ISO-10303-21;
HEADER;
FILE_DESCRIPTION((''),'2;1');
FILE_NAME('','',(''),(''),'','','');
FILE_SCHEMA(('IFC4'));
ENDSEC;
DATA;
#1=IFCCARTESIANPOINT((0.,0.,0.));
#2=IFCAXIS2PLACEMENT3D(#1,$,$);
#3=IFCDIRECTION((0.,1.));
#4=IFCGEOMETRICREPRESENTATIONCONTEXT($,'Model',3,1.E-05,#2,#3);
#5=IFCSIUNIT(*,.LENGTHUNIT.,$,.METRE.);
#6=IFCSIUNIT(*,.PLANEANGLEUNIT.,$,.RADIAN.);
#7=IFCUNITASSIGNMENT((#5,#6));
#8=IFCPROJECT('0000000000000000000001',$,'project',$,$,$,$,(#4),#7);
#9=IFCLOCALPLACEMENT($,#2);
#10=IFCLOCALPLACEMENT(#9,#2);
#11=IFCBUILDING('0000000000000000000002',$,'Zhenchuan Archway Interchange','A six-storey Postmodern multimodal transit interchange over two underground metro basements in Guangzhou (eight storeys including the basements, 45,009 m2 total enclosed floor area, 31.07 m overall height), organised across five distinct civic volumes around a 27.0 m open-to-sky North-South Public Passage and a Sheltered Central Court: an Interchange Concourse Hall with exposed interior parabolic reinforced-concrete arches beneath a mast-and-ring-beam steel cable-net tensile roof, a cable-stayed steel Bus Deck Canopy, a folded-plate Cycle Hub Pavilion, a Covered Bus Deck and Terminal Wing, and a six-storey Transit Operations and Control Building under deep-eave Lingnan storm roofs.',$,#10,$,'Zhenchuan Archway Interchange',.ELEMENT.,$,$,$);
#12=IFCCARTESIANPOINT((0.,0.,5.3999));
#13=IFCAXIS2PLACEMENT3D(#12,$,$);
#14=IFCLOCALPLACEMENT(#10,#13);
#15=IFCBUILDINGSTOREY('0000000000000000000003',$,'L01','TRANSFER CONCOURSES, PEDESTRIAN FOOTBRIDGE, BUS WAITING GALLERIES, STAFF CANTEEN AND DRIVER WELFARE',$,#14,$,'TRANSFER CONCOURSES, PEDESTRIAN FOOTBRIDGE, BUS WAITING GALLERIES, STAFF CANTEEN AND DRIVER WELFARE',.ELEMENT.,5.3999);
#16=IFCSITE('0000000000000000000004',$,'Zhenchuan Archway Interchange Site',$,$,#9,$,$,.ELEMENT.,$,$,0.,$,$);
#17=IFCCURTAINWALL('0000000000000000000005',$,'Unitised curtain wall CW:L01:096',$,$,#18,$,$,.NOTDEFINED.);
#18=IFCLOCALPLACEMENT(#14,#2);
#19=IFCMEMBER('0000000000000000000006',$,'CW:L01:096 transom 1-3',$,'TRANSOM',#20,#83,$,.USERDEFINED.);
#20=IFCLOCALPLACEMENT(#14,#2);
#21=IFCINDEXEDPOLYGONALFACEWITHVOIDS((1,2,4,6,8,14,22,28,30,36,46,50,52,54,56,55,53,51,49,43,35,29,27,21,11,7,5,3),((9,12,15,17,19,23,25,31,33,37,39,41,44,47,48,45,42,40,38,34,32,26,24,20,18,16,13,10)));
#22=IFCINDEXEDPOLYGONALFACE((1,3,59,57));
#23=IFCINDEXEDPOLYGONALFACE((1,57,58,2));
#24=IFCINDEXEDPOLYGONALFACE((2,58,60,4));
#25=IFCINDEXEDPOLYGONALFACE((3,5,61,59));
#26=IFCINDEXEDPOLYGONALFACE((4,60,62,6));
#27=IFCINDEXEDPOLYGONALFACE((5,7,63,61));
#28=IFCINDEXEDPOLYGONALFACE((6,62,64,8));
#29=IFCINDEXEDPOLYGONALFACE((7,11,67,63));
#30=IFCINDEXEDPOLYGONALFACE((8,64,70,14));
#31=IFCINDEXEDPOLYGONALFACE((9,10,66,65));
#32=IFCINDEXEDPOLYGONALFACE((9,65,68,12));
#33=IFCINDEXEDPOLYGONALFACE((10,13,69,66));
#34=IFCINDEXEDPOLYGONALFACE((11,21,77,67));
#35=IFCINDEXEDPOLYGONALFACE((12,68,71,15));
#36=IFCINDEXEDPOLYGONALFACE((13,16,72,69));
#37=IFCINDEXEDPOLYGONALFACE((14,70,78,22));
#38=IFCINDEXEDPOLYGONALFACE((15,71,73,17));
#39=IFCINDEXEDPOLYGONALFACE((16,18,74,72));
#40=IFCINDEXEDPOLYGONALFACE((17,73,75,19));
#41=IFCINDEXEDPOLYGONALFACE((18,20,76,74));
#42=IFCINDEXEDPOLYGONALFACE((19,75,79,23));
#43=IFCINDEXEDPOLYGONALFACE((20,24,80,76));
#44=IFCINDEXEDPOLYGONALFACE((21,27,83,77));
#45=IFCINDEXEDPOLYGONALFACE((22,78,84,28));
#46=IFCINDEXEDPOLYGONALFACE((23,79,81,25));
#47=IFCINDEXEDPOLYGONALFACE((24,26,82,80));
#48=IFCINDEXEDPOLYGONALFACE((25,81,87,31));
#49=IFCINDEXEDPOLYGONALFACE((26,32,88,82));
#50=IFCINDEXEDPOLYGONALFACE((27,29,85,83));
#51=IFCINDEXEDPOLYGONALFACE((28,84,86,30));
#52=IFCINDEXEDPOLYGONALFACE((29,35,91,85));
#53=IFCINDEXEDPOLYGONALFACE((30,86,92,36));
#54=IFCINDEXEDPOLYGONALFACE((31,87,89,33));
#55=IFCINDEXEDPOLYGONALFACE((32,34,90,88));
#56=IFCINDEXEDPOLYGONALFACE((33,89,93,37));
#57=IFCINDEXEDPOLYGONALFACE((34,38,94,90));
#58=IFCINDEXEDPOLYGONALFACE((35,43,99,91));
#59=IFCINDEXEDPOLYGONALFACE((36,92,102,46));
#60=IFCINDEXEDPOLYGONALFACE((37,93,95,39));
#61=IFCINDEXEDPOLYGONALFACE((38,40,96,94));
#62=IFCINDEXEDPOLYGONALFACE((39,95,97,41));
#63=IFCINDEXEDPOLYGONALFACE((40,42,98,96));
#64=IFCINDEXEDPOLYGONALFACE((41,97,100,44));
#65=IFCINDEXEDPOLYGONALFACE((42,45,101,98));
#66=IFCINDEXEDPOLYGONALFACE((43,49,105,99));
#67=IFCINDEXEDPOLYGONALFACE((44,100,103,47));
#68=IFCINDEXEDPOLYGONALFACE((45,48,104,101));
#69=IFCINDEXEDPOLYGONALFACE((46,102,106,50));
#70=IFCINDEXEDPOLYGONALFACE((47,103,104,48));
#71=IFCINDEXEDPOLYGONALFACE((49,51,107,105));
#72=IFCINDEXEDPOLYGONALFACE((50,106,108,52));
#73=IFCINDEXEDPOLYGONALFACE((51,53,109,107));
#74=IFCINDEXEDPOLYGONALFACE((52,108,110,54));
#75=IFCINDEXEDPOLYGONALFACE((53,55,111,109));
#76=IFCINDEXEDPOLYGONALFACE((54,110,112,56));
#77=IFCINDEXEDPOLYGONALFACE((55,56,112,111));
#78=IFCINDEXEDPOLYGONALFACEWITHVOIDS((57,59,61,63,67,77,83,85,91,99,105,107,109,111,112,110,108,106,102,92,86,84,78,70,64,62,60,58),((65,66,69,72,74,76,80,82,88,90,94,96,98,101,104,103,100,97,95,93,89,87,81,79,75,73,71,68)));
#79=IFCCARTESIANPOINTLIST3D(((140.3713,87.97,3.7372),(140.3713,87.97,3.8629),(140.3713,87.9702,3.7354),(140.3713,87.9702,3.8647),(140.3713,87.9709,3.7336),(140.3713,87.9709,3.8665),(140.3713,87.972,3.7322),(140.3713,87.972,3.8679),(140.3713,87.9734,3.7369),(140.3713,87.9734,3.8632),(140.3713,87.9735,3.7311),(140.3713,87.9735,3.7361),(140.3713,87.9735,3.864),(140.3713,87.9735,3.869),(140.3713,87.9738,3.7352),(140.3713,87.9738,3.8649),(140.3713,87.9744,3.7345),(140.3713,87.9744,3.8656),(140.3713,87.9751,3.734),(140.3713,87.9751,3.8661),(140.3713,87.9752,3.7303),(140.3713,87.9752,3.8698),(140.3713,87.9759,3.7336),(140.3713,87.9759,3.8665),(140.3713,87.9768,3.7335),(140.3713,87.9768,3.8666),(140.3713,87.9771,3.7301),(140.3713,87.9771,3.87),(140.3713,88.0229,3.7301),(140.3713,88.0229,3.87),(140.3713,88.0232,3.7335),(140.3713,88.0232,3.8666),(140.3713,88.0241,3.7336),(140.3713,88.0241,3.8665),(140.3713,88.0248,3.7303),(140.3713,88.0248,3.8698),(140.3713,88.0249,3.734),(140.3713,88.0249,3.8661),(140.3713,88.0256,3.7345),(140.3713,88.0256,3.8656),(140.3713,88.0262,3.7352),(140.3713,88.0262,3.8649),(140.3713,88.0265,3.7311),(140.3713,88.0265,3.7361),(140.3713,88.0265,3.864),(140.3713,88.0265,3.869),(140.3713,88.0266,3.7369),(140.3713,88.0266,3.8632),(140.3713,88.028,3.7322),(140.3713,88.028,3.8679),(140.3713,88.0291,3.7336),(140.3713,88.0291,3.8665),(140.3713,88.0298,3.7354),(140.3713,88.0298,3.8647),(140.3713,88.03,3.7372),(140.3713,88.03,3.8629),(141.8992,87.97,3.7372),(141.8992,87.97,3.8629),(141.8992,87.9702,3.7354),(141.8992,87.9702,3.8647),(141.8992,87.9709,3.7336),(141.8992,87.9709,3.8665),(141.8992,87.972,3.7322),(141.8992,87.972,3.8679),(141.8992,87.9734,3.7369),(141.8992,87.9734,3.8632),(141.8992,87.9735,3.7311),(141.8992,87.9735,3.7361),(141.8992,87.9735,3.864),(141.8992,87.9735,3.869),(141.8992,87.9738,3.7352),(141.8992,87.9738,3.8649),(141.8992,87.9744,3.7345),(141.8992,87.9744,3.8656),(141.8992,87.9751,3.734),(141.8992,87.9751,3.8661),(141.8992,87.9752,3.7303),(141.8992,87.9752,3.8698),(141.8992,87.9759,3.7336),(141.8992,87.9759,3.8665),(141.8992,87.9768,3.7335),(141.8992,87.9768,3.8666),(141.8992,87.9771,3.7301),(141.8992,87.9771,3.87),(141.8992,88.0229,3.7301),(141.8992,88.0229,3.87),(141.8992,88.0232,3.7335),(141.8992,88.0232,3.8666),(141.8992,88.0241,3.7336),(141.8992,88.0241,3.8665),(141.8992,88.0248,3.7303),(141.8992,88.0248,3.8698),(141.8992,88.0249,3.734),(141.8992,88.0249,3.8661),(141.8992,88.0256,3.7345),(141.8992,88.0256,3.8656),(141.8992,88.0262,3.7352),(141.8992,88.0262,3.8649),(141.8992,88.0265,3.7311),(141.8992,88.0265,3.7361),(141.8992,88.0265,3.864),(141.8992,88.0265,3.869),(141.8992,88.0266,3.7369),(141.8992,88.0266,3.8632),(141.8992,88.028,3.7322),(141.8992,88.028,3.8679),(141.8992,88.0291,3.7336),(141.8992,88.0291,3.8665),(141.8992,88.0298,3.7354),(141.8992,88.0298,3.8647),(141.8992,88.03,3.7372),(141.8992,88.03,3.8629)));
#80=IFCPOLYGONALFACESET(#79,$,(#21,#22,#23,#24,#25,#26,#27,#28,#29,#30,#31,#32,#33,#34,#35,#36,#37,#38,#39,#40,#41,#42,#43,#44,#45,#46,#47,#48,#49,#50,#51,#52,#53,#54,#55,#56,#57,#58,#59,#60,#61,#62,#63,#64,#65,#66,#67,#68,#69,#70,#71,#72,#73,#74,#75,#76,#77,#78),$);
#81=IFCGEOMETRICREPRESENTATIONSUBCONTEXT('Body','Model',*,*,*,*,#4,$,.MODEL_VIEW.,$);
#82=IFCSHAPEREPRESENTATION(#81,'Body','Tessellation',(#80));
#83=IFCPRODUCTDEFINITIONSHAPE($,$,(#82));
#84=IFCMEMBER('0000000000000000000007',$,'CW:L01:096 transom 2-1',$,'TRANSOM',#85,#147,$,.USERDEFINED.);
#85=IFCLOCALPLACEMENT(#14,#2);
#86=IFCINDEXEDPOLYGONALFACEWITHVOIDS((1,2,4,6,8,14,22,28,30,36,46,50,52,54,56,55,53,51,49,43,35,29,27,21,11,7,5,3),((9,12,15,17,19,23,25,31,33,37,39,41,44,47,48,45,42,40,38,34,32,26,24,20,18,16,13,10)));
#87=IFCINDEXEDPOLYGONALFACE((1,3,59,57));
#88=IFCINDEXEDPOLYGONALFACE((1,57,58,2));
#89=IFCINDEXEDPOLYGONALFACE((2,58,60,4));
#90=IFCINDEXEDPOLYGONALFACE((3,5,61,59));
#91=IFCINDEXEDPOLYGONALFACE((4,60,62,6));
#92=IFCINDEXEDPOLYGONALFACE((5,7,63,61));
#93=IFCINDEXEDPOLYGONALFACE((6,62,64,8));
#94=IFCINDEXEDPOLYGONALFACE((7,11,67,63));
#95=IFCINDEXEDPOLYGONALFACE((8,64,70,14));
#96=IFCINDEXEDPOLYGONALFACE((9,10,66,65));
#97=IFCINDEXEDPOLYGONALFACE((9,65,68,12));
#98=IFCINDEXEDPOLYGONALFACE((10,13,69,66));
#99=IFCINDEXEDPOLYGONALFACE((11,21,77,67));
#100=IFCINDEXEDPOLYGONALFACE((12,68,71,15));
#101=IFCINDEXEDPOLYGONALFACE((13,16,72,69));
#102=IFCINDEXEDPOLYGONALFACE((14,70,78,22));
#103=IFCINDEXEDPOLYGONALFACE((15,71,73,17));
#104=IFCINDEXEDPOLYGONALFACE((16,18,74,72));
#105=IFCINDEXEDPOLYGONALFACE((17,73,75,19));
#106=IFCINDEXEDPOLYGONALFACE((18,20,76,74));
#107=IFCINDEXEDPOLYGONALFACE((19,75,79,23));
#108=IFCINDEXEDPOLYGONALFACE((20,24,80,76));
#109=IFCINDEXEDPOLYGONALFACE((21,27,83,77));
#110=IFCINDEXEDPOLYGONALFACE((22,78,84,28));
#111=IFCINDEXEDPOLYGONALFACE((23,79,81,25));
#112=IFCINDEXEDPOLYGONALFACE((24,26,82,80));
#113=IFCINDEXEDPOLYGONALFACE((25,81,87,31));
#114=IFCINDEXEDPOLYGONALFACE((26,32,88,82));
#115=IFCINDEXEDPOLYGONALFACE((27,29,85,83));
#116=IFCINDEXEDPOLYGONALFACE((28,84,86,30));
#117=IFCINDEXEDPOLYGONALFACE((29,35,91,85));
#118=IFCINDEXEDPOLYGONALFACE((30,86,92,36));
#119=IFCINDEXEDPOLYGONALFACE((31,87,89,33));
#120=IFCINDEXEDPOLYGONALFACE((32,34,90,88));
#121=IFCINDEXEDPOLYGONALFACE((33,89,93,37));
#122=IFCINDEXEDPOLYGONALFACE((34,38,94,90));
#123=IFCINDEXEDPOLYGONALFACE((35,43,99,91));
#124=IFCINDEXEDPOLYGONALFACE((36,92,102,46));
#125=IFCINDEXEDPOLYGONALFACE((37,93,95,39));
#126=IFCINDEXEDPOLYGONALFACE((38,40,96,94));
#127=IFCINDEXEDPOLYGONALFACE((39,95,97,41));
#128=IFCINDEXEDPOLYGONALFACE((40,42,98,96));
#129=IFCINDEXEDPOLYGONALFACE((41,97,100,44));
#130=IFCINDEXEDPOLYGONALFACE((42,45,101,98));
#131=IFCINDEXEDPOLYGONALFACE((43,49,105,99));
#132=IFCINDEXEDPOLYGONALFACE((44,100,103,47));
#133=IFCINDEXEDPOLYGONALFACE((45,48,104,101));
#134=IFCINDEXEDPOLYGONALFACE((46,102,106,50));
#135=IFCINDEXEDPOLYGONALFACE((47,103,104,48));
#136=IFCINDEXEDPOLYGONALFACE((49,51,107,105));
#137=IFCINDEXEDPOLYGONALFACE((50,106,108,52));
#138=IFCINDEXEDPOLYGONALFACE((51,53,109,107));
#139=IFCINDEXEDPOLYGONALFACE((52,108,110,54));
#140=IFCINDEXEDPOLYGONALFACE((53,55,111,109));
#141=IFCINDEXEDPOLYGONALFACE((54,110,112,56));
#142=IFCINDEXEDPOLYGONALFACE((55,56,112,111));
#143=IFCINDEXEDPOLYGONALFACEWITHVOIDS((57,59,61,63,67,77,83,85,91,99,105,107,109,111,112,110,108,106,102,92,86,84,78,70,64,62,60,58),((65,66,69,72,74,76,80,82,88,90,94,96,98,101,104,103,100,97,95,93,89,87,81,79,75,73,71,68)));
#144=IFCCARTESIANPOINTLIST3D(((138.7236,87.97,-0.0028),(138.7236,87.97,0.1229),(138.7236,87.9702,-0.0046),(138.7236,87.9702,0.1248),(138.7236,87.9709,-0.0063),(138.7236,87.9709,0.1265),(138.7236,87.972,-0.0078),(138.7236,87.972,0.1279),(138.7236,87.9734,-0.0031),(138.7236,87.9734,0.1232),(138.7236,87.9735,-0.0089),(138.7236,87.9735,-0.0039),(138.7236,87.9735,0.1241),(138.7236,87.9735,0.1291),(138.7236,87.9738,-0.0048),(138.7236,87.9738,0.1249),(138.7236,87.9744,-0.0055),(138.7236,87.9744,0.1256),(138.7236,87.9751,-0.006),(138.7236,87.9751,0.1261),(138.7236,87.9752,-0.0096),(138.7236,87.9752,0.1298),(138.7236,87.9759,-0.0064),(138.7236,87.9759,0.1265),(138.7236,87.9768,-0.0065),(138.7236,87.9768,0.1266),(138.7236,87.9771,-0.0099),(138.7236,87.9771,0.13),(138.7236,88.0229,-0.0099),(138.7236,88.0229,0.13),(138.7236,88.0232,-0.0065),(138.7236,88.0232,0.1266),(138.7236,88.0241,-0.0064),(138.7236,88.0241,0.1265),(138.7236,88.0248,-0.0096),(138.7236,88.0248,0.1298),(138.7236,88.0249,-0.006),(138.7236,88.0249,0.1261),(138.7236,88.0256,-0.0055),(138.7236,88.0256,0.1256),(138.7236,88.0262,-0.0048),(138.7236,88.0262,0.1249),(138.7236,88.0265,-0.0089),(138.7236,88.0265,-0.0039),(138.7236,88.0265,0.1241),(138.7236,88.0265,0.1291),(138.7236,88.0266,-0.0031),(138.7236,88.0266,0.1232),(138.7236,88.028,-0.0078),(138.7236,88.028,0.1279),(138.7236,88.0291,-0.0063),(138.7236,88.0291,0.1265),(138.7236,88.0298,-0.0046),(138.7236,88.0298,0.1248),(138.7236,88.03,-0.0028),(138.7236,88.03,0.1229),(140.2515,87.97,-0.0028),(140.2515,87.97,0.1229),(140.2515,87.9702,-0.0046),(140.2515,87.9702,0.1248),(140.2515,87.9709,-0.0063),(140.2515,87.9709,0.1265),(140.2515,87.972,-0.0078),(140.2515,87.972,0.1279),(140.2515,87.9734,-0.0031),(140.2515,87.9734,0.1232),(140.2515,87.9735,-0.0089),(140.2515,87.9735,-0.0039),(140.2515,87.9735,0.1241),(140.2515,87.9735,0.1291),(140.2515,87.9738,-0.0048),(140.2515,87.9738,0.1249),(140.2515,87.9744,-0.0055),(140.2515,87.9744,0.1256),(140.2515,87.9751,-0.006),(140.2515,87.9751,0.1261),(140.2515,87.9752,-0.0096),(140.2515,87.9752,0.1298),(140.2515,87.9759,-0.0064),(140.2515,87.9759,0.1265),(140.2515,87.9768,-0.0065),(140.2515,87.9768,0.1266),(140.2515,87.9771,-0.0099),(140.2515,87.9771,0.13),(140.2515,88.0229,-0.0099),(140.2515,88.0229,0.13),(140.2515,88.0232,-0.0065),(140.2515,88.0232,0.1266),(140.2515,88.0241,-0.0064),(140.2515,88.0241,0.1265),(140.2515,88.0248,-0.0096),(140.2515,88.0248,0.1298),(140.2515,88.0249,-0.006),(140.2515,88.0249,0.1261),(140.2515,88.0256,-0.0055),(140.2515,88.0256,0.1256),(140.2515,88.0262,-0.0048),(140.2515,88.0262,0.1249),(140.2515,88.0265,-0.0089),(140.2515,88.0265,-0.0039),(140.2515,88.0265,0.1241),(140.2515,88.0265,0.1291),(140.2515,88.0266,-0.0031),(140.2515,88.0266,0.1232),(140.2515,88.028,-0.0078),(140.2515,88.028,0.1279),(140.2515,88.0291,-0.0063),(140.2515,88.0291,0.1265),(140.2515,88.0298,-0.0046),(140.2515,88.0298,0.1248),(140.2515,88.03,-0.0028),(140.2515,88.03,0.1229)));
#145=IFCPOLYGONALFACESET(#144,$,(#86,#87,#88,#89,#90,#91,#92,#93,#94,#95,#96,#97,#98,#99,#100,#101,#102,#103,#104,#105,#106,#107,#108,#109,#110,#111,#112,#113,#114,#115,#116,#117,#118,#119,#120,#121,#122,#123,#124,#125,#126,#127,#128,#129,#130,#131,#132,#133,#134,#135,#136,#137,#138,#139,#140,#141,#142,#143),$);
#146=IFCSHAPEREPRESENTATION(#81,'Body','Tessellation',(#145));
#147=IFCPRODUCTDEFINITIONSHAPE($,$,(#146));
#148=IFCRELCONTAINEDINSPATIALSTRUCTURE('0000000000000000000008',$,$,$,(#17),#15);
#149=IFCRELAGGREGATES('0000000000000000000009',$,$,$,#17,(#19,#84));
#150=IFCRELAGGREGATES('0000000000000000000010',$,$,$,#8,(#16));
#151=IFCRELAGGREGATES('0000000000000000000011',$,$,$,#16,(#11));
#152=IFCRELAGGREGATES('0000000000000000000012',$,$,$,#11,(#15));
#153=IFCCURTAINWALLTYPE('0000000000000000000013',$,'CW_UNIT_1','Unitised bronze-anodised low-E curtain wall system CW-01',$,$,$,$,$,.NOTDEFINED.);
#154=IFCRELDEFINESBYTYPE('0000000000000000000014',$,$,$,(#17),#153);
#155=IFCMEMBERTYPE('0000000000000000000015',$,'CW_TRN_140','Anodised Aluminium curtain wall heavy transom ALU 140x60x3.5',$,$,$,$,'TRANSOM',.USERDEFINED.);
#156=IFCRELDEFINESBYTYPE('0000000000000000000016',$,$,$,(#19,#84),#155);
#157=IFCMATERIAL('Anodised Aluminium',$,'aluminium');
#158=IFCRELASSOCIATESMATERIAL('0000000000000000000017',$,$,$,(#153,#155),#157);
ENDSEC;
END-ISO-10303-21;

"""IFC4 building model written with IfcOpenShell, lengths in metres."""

from ifc_helpers import new_model, si_unit, direction, frame, origin, origin_2d, place, context, subcontext, project, spatial, hollow_rectangle, extrude, material, material_profile, profile_set, type_object, element, aggregate, save


model = new_model("IFC4")

# Units and contexts
model_context = context("Model", 3, precision=1e-05, world=origin(), true_north=direction((0.0, 1.0)))
body_context = subcontext(model_context, "Body", "Model", "MODEL_VIEW")
ifc_project = project(units=[si_unit("LENGTHUNIT", "METRE"), si_unit("PLANEANGLEUNIT", "RADIAN")], contexts=[model_context])

# Site, building, storey
site_placement = place(None, origin())
site = spatial("IfcSite", under=ifc_project, at=site_placement, Name="Zhenchuan Archway Interchange Site", CompositionType="ELEMENT", RefElevation=0.0)
building_placement = place(site_placement, origin())
building = spatial("IfcBuilding", under=site, at=building_placement, Name="Zhenchuan Archway Interchange", Description="A six-storey Postmodern multimodal transit interchange over two underground metro basements in Guangzhou (eight storeys including the basements, 45,009 m2 total enclosed floor area, 31.07 m overall height), organised across five distinct civic volumes around a 27.0 m open-to-sky North-South Public Passage and a Sheltered Central Court: an Interchange Concourse Hall with exposed interior parabolic reinforced-concrete arches beneath a mast-and-ring-beam steel cable-net tensile roof, a cable-stayed steel Bus Deck Canopy, a folded-plate Cycle Hub Pavilion, a Covered Bus Deck and Terminal Wing, and a six-storey Transit Operations and Control Building under deep-eave Lingnan storm roofs.", LongName="Zhenchuan Archway Interchange", CompositionType="ELEMENT")
storey_placement = place(building_placement, frame((0.0, 0.0, 5.3999)))
storey = spatial("IfcBuildingStorey", under=building, at=storey_placement, Name="L01", Description="TRANSFER CONCOURSES, PEDESTRIAN FOOTBRIDGE, BUS WAITING GALLERIES, STAFF CANTEEN AND DRIVER WELFARE", LongName="TRANSFER CONCOURSES, PEDESTRIAN FOOTBRIDGE, BUS WAITING GALLERIES, STAFF CANTEEN AND DRIVER WELFARE", CompositionType="ELEMENT", Elevation=5.3999)

# Curtain wall, members
ifc_material_1 = material(Name="Anodised Aluminium", Category="aluminium")
curtain_wall_type = type_object("IfcCurtainWallType", Name="CW_UNIT_1", Description="Unitised bronze-anodised low-E curtain wall system CW-01", PredefinedType="NOTDEFINED", material=ifc_material_1)
curtain_wall_placement = place(storey_placement, origin())
curtain_wall = element("IfcCurtainWall", 1, at=curtain_wall_placement, inside=storey, type_object=curtain_wall_type, Name="Unitised curtain wall CW:L01:096", PredefinedType="NOTDEFINED")
ifc_material_profile_1 = material_profile(ifc_material_1, hollow_rectangle(XDim=0.0601, YDim=0.1399, WallThickness=0.0034, InnerFilletRadius=0.0034, OuterFilletRadius=0.0071, at=origin_2d()), Name="ALU 140x60x3.5")
ifc_profile_set_1 = profile_set([ifc_material_profile_1], Name="Anodised Aluminium")
member_type_1 = type_object("IfcMemberType", Name="CW_TRN_140", Description="Anodised Aluminium curtain wall heavy transom ALU 140x60x3.5", ElementType="TRANSOM", PredefinedType="USERDEFINED", material=ifc_profile_set_1)
member_1_placement = place(storey_placement, frame((141.8992, 88.0, 3.8), z_axis=(-1.0, 0.0, 0.0), x_axis=(0.0, -1.0, 0.0)))
member_1 = element("IfcMember", 2, at=member_1_placement, type_object=member_type_1, Name="CW:L01:096 transom 1-3", ObjectType="TRANSOM", PredefinedType="USERDEFINED", context=body_context, shape_type="SweptSolid", body=[
    extrude(hollow_rectangle(XDim=0.0601, YDim=0.1399, WallThickness=0.0034, InnerFilletRadius=0.0034, OuterFilletRadius=0.0071, at=origin_2d()), origin(), (0.0, 0.0, 1.0), 1.5278),
])
member_2_placement = place(storey_placement, frame((140.2515, 88.0, 0.0601), z_axis=(-1.0, 0.0, 0.0), x_axis=(0.0, -1.0, 0.0)))
member_2 = element("IfcMember", 3, at=member_2_placement, type_object=member_type_1, Name="CW:L01:096 transom 2-1", ObjectType="TRANSOM", PredefinedType="USERDEFINED", context=body_context, shape_type="SweptSolid", body=[
    extrude(hollow_rectangle(XDim=0.0601, YDim=0.1399, WallThickness=0.0034, InnerFilletRadius=0.0034, OuterFilletRadius=0.0071, at=origin_2d()), origin(), (0.0, 0.0, 1.0), 1.5278),
])

aggregate(curtain_wall, [member_1, member_2])

save(model, "model.ifc")
